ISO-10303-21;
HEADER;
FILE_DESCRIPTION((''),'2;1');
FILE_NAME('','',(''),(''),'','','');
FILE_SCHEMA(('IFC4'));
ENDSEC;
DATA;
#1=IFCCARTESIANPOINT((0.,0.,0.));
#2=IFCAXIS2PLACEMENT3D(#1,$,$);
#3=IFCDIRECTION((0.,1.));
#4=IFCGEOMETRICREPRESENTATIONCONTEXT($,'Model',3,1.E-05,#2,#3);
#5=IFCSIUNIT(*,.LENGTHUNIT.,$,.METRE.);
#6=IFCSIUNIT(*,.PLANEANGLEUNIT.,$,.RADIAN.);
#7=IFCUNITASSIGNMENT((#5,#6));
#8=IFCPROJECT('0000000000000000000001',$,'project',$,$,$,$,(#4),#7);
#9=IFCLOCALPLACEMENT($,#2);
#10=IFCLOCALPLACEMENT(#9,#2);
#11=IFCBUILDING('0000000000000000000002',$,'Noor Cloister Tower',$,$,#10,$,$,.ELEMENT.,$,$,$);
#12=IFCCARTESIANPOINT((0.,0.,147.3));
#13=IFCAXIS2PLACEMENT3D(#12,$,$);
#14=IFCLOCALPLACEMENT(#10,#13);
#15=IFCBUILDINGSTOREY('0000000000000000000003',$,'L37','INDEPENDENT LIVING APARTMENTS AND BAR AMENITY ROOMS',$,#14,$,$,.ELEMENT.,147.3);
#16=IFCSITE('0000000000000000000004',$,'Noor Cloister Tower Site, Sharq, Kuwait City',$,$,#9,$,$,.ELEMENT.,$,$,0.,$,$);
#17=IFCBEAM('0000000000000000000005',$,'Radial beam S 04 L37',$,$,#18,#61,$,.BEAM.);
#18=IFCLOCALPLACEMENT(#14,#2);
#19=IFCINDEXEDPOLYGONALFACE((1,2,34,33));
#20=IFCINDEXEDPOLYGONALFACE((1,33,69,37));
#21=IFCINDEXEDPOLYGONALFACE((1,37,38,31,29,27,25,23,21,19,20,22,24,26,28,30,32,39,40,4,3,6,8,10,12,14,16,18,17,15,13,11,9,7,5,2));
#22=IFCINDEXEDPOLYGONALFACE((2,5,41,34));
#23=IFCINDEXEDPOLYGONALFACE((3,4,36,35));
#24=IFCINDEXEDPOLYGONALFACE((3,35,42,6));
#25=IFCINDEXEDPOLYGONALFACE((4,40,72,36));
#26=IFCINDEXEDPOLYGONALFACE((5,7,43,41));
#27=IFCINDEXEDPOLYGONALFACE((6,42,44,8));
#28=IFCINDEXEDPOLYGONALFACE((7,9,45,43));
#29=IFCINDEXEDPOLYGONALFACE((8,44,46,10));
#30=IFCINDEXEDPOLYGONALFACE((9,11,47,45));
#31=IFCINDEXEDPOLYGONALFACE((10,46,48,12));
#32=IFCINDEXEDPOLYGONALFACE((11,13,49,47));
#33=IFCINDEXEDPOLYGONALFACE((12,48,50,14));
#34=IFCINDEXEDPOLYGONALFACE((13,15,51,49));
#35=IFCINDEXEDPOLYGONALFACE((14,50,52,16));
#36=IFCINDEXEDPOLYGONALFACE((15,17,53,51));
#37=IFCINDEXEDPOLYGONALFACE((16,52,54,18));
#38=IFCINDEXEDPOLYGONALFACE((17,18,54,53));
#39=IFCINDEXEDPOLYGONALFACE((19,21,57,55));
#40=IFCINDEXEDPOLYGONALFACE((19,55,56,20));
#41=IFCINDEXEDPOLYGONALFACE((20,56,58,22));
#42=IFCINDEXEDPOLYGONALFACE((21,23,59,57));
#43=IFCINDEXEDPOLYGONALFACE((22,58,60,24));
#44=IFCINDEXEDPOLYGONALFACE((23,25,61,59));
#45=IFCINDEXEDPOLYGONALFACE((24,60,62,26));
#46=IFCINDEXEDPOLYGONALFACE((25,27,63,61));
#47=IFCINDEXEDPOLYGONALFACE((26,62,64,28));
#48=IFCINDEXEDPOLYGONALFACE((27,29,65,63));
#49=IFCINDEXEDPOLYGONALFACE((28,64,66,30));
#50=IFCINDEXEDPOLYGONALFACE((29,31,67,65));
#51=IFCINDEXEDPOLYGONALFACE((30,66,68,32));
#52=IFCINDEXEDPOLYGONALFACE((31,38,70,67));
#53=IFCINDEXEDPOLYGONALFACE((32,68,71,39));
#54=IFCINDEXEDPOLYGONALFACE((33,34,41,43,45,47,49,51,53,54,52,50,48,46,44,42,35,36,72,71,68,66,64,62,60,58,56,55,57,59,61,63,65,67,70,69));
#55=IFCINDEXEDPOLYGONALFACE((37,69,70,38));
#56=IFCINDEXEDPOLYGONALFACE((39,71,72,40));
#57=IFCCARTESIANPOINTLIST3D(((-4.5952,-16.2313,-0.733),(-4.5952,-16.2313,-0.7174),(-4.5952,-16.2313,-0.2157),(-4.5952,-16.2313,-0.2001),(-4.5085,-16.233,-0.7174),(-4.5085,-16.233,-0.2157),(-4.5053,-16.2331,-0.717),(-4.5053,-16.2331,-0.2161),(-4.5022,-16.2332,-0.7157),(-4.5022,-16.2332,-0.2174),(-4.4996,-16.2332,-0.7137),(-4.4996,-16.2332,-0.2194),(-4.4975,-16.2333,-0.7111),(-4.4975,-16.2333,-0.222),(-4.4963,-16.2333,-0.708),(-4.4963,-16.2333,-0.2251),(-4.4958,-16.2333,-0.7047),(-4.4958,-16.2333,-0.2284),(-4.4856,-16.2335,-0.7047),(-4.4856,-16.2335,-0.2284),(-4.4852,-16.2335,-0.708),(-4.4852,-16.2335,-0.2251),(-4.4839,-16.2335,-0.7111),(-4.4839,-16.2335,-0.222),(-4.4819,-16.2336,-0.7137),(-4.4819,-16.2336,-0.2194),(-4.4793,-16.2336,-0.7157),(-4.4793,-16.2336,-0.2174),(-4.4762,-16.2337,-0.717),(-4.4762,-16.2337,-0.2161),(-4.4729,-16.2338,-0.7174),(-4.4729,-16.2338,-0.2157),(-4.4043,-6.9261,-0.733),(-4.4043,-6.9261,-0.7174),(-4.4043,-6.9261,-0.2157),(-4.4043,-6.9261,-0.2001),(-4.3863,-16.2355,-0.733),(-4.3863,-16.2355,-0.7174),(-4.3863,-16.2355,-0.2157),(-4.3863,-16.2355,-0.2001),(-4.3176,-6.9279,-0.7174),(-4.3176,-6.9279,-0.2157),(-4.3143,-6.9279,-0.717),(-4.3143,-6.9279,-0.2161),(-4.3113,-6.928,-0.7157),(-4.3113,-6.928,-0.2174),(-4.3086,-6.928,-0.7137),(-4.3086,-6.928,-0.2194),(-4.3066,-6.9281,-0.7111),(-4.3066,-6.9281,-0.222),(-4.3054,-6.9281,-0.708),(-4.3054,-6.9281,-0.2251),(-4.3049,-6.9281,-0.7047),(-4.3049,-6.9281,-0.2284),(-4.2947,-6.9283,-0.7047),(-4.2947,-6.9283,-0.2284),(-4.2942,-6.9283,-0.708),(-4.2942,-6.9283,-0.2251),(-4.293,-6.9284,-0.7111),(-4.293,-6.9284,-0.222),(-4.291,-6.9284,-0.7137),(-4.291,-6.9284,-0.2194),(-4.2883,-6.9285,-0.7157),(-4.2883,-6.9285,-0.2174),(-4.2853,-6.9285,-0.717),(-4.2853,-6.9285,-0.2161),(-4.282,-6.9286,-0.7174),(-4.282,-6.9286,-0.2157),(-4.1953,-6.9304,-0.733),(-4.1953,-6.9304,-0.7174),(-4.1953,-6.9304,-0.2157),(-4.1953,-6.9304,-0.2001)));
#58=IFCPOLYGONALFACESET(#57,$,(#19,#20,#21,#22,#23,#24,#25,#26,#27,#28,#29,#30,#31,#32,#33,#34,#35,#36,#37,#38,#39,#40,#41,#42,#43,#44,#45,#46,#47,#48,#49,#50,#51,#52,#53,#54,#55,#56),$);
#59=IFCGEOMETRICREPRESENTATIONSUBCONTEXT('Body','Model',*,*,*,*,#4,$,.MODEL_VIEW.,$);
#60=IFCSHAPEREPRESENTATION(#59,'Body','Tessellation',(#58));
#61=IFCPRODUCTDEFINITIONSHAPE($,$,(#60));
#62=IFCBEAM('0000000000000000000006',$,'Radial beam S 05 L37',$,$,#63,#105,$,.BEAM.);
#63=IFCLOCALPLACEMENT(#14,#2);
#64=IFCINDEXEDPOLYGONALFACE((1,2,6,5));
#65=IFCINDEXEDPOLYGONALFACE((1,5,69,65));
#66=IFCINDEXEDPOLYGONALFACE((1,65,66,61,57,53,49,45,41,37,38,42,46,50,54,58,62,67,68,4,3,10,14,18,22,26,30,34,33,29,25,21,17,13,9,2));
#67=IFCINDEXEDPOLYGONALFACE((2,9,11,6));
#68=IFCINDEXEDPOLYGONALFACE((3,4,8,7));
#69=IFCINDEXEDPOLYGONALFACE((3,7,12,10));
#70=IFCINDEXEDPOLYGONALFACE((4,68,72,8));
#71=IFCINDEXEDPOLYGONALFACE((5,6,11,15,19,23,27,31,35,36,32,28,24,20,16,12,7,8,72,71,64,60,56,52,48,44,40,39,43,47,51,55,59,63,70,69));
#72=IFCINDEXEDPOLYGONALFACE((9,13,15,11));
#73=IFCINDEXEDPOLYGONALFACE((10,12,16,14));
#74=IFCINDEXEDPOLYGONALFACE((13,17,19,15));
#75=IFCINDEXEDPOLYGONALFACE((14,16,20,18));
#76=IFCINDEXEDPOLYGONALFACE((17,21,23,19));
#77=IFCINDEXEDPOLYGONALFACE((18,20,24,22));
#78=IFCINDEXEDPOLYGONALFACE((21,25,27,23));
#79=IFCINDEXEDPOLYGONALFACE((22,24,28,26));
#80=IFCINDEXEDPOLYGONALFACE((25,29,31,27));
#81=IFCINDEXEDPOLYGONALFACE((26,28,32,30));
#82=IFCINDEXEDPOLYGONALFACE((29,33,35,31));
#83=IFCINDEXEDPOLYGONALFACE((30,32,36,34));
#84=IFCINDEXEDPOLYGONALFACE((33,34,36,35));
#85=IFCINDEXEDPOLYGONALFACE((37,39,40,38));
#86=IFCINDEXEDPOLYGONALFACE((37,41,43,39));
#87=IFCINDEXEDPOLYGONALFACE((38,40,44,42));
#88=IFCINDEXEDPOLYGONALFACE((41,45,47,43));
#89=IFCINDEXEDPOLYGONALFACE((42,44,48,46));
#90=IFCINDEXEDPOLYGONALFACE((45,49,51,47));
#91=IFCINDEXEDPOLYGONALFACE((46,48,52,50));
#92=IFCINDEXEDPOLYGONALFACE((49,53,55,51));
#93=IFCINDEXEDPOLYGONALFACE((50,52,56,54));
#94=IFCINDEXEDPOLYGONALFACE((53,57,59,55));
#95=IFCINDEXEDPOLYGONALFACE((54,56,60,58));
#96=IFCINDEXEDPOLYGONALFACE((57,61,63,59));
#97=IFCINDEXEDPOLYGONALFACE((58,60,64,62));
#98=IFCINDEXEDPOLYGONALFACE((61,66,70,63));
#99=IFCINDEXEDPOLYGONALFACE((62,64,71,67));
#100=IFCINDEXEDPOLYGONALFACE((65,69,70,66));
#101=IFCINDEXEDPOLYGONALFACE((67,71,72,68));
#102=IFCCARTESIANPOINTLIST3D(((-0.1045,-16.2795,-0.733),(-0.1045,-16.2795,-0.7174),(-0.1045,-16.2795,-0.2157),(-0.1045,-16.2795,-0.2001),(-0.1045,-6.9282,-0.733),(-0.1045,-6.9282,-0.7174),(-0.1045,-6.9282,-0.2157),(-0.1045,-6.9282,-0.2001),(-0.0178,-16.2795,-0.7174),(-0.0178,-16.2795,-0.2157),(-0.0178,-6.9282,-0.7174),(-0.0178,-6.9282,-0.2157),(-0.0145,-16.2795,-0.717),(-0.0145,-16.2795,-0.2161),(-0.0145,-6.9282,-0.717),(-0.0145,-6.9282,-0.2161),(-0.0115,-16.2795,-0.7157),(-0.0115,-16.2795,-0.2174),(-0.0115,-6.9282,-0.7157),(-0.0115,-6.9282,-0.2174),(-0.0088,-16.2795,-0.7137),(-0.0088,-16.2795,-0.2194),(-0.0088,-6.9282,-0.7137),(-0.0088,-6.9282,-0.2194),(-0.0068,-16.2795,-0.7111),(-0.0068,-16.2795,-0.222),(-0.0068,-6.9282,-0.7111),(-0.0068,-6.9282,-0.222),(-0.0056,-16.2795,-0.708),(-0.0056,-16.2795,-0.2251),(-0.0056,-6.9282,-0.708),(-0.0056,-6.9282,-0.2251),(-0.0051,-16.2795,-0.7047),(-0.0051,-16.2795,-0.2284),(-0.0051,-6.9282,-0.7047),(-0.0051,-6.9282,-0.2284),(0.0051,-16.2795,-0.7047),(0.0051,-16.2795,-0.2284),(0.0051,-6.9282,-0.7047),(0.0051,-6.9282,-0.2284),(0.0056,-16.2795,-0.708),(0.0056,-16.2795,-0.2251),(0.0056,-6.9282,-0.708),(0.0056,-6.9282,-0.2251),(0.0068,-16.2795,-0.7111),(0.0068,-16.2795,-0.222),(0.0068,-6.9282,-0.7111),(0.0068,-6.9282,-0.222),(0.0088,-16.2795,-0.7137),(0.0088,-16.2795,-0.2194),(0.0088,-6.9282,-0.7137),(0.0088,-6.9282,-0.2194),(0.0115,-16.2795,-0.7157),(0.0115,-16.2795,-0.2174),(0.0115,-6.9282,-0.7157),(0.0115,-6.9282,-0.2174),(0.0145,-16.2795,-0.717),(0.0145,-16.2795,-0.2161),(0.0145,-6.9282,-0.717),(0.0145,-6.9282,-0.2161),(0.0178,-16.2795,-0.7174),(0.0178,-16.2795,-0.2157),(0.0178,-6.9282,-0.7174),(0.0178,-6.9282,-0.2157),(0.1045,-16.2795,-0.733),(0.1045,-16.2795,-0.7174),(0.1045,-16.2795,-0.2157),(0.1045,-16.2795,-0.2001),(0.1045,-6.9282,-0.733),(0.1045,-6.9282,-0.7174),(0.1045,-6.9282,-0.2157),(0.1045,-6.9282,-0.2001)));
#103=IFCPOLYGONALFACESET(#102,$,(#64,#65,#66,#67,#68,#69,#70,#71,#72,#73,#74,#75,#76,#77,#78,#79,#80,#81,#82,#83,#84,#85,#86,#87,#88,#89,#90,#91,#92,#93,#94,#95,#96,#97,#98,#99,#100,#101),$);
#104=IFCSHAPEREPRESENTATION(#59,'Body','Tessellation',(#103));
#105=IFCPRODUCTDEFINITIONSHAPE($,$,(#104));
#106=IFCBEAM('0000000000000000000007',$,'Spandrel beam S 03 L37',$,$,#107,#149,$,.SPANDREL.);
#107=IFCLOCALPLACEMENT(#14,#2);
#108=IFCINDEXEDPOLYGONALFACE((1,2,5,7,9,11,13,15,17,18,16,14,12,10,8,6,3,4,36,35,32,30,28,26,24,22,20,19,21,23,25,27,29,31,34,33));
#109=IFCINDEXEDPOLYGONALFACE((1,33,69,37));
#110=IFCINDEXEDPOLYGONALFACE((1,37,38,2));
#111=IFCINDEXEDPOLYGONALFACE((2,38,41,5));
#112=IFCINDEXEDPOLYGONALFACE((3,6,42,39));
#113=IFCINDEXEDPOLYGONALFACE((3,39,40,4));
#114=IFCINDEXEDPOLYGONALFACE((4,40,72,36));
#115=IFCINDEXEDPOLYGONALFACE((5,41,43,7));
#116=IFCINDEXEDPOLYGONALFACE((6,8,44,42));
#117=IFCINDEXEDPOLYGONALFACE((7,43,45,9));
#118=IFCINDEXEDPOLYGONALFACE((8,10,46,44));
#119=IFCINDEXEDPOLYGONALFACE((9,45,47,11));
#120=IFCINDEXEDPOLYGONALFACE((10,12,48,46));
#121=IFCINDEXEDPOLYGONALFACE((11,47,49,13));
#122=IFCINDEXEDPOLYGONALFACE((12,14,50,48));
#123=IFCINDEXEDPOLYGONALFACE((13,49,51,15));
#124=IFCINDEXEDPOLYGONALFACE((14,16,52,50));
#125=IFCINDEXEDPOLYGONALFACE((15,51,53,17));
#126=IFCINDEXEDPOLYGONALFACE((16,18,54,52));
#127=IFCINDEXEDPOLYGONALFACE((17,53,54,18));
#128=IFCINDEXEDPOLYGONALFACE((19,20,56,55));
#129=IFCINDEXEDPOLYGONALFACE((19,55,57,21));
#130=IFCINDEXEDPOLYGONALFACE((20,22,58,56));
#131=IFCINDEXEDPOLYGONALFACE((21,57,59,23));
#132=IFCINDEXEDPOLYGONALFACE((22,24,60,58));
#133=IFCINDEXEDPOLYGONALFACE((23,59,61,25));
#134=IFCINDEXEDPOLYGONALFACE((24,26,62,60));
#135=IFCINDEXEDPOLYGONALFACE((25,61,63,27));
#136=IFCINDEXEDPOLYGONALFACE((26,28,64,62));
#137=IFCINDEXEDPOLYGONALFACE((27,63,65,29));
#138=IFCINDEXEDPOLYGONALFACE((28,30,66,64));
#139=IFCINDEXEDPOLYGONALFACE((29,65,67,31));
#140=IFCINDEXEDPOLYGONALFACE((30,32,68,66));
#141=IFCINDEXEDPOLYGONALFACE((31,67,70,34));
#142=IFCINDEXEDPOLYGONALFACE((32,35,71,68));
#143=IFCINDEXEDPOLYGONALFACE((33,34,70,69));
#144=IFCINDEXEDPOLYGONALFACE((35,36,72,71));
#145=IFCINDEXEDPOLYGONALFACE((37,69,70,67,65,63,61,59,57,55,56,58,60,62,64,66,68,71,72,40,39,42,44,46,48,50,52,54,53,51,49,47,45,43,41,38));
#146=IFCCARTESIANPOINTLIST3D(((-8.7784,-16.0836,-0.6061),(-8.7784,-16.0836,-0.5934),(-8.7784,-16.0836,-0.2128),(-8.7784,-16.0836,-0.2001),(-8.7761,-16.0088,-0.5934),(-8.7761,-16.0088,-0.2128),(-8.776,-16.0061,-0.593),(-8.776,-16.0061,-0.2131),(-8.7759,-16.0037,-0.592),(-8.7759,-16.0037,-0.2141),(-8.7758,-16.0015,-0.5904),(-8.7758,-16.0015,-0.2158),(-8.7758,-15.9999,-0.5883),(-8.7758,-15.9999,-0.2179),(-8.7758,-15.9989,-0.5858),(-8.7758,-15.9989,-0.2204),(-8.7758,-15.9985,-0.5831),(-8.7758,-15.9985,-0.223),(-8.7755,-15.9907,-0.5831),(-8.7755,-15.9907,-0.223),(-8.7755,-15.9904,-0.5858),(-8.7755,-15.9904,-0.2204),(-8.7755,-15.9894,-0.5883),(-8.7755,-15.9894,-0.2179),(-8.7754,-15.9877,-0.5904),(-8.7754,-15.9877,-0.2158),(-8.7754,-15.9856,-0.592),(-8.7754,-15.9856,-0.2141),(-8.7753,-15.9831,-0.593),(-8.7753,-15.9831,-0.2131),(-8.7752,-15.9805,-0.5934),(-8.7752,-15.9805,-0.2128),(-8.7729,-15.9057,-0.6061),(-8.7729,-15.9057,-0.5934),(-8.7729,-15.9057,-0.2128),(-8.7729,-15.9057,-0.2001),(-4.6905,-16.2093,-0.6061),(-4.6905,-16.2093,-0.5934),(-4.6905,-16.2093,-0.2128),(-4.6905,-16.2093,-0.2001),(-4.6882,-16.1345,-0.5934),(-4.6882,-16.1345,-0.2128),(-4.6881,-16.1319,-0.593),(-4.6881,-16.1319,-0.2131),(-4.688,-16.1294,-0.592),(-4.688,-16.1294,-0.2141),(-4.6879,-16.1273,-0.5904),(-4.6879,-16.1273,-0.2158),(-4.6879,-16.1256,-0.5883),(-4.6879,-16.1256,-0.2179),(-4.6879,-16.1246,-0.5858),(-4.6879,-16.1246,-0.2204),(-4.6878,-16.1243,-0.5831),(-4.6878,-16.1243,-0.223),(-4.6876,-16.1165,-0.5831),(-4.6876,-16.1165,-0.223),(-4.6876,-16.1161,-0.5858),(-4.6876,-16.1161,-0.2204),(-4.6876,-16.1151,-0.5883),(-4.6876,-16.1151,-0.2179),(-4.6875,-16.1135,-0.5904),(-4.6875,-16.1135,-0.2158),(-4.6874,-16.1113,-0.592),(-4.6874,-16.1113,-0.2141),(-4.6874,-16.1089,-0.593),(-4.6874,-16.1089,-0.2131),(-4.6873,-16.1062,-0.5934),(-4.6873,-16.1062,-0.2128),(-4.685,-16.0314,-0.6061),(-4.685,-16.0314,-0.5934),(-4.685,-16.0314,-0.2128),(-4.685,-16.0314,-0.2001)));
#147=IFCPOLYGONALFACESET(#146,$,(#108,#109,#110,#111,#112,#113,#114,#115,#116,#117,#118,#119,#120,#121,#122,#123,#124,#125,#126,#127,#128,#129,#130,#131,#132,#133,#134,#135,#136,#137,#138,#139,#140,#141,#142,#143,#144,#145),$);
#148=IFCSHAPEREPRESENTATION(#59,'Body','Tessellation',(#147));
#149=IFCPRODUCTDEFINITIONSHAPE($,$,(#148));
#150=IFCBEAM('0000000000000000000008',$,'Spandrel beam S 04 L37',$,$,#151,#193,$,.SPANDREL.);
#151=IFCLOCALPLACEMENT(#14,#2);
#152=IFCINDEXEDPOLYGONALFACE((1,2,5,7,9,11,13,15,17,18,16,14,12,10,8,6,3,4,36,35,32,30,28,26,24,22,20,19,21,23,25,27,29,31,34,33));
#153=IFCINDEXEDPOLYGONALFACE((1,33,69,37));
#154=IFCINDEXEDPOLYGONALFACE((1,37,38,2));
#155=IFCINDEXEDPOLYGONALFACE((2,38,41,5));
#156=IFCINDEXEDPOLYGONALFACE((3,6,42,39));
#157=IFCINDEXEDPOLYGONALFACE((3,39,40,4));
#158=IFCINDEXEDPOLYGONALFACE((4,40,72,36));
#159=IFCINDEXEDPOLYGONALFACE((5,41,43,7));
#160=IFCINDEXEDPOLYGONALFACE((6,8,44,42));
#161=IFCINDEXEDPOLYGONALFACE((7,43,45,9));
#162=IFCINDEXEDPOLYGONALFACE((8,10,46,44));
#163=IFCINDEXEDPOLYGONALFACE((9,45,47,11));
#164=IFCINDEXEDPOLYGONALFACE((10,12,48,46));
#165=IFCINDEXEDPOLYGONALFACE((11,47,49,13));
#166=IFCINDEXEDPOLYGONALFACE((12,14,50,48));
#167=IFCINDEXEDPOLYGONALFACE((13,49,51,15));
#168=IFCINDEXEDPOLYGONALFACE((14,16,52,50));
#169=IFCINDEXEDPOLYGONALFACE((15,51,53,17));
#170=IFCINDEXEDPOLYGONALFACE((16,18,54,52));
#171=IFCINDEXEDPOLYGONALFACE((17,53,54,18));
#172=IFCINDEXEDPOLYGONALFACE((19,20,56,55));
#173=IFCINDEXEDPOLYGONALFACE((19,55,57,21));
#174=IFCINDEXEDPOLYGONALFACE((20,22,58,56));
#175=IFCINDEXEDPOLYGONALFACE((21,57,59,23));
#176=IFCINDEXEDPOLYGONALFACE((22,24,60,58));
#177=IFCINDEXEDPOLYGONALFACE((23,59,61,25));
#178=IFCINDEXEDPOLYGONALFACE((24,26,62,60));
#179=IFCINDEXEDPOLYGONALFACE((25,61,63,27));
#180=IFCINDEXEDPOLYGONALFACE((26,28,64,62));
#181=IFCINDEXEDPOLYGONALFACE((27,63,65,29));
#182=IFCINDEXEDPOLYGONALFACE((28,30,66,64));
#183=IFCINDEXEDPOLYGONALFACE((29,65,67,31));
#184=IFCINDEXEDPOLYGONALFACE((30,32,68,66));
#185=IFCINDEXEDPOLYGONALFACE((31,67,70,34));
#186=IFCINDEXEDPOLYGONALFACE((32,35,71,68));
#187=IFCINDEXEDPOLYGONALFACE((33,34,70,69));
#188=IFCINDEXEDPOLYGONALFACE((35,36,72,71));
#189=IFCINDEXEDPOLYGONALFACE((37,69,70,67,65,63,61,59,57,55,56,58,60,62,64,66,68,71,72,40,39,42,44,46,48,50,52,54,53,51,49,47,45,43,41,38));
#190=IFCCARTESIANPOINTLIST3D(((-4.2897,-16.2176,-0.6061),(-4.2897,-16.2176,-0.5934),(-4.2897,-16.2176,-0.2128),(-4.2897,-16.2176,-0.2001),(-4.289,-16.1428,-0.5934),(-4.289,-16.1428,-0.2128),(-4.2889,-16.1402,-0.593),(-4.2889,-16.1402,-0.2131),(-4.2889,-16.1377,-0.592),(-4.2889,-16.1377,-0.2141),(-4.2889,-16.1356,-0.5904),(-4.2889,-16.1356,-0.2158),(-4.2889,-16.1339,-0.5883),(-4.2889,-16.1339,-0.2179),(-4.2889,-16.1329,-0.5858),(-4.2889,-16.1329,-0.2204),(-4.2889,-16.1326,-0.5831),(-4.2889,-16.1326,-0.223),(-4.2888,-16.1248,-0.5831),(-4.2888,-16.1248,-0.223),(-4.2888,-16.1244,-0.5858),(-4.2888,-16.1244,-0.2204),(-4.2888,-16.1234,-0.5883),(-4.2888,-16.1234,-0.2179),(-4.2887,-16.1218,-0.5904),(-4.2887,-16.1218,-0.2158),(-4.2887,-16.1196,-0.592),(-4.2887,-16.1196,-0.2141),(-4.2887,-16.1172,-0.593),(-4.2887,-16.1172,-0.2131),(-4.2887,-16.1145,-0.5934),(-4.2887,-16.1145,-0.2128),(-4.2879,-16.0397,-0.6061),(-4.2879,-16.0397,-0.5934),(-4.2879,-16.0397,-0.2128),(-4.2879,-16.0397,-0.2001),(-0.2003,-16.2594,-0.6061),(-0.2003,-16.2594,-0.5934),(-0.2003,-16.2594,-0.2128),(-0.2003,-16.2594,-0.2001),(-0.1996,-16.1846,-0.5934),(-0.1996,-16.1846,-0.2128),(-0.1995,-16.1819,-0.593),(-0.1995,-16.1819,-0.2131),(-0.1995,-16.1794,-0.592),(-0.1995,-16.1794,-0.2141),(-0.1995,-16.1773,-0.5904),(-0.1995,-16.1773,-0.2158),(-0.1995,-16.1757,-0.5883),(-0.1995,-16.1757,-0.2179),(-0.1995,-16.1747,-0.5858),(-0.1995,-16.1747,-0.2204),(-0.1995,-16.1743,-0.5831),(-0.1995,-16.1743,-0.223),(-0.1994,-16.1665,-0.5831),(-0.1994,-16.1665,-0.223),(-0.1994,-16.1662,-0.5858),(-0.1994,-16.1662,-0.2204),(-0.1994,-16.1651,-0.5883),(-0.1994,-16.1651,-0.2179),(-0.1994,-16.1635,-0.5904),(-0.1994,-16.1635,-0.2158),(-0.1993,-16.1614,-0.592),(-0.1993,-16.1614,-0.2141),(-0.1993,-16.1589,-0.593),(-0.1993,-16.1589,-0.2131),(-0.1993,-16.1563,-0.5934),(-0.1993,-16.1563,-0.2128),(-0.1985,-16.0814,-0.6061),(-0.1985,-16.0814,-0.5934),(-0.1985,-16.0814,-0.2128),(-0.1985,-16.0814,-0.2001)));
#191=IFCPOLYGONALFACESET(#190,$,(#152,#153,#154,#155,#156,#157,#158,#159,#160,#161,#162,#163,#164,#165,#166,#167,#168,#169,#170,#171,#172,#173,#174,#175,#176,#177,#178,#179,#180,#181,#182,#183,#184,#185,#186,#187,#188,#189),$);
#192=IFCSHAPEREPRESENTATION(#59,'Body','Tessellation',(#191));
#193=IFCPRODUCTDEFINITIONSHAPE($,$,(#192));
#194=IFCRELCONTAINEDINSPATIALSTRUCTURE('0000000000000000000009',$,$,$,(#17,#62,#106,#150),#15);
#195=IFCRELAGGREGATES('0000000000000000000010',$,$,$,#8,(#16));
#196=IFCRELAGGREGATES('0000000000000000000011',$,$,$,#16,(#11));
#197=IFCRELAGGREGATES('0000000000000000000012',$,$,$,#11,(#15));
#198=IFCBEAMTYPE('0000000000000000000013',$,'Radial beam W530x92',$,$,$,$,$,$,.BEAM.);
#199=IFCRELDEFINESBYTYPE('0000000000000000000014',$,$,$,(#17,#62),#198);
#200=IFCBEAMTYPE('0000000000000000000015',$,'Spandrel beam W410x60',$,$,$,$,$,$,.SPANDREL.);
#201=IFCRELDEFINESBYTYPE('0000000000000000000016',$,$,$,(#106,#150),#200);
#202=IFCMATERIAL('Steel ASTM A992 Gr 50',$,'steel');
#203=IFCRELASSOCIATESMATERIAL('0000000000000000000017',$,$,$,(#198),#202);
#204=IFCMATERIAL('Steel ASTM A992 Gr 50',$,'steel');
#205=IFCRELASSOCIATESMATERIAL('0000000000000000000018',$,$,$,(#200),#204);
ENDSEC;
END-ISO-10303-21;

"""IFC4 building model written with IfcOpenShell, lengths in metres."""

from ifc_helpers import new_model, si_unit, direction, frame, origin, origin_2d, place, context, subcontext, project, spatial, i_section, extrude, material, material_profile, profile_set, type_object, element, save


model = new_model("IFC4")

# Units and contexts
model_context = context("Model", 3, precision=1e-05, world=origin(), true_north=direction((0.0, 1.0)))
body_context = subcontext(model_context, "Body", "Model", "MODEL_VIEW")
ifc_project = project(units=[si_unit("LENGTHUNIT", "METRE"), si_unit("PLANEANGLEUNIT", "RADIAN")], contexts=[model_context])

# Site, building, storey
site_placement = place(None, origin())
site = spatial("IfcSite", under=ifc_project, at=site_placement, Name="Noor Cloister Tower Site, Sharq, Kuwait City", CompositionType="ELEMENT", RefElevation=0.0)
building_placement = place(site_placement, origin())
building = spatial("IfcBuilding", under=site, at=building_placement, Name="Noor Cloister Tower", CompositionType="ELEMENT")
storey_placement = place(building_placement, frame((0.0, 0.0, 147.3)))
storey = spatial("IfcBuildingStorey", under=building, at=storey_placement, Name="L37", Description="INDEPENDENT LIVING APARTMENTS AND BAR AMENITY ROOMS", CompositionType="ELEMENT", Elevation=147.3)

# Beams
ifc_material_1 = material(Name="Steel ASTM A992 Gr 50", Category="steel")
ifc_material_profile_1 = material_profile(ifc_material_1, i_section(OverallWidth=0.209, OverallDepth=0.533, WebThickness=0.0103, FlangeThickness=0.0156, FilletRadius=0.0127, at=origin_2d()), Name="W530x92")
ifc_profile_set_1 = profile_set([ifc_material_profile_1], Name="Steel ASTM A992 Gr 50")
beam_type_1 = type_object("IfcBeamType", Name="Radial beam W530x92", PredefinedType="BEAM", material=ifc_profile_set_1)
beam_1_placement = place(storey_placement, frame((-4.4907, -16.2334, -0.4666), z_axis=(0.020513, 0.99979, 0.0), x_axis=(-0.99979, 0.020513, 0.0)))
element("IfcBeam", 1, at=beam_1_placement, inside=storey, type_object=beam_type_1, Name="Radial beam S 04 L37", PredefinedType="BEAM", context=body_context, shape_type="SweptSolid", body=[
    extrude(i_section(OverallWidth=0.209, OverallDepth=0.533, WebThickness=0.0103, FlangeThickness=0.0156, FilletRadius=0.0127, at=origin_2d()), origin(), (0.0, 0.0, 1.0), 9.3071),
])
beam_2_placement = place(storey_placement, frame((0.0, -16.2795, -0.4666), z_axis=(0.0, 1.0, 0.0), x_axis=(-1.0, 0.0, 0.0)))
element("IfcBeam", 2, at=beam_2_placement, inside=storey, type_object=beam_type_1, Name="Radial beam S 05 L37", PredefinedType="BEAM", context=body_context, shape_type="SweptSolid", body=[
    extrude(i_section(OverallWidth=0.209, OverallDepth=0.533, WebThickness=0.0103, FlangeThickness=0.0156, FilletRadius=0.0127, at=origin_2d()), origin(), (0.0, 0.0, 1.0), 9.3513),
])
ifc_material_2 = material(Name="Steel ASTM A992 Gr 50", Category="steel")
ifc_material_profile_2 = material_profile(ifc_material_2, i_section(OverallWidth=0.178, OverallDepth=0.406, WebThickness=0.0078, FlangeThickness=0.0127, FilletRadius=0.0103, at=origin_2d()), Name="W410x60")
ifc_profile_set_2 = profile_set([ifc_material_profile_2], Name="Steel ASTM A992 Gr 50")
beam_type_2 = type_object("IfcBeamType", Name="Spandrel beam W410x60", PredefinedType="SPANDREL", material=ifc_profile_set_2)
beam_3_placement = place(storey_placement, frame((-8.7756, -15.9946, -0.4031), z_axis=(0.999527, -0.030743, 0.0), x_axis=(0.030743, 0.999527, 0.0)))
element("IfcBeam", 3, at=beam_3_placement, inside=storey, type_object=beam_type_2, Name="Spandrel beam S 03 L37", PredefinedType="SPANDREL", context=body_context, shape_type="SweptSolid", body=[
    extrude(i_section(OverallWidth=0.178, OverallDepth=0.406, WebThickness=0.0078, FlangeThickness=0.0127, FilletRadius=0.0103, at=origin_2d()), origin(), (0.0, 0.0, 1.0), 4.0898),
])
beam_4_placement = place(storey_placement, frame((-4.2888, -16.1287, -0.4031), z_axis=(0.999948, -0.010208, 0.0), x_axis=(0.010208, 0.999948, 0.0)))
element("IfcBeam", 4, at=beam_4_placement, inside=storey, type_object=beam_type_2, Name="Spandrel beam S 04 L37", PredefinedType="SPANDREL", context=body_context, shape_type="SweptSolid", body=[
    extrude(i_section(OverallWidth=0.178, OverallDepth=0.406, WebThickness=0.0078, FlangeThickness=0.0127, FilletRadius=0.0103, at=origin_2d()), origin(), (0.0, 0.0, 1.0), 4.0896),
])

save(model, "model.ifc")
